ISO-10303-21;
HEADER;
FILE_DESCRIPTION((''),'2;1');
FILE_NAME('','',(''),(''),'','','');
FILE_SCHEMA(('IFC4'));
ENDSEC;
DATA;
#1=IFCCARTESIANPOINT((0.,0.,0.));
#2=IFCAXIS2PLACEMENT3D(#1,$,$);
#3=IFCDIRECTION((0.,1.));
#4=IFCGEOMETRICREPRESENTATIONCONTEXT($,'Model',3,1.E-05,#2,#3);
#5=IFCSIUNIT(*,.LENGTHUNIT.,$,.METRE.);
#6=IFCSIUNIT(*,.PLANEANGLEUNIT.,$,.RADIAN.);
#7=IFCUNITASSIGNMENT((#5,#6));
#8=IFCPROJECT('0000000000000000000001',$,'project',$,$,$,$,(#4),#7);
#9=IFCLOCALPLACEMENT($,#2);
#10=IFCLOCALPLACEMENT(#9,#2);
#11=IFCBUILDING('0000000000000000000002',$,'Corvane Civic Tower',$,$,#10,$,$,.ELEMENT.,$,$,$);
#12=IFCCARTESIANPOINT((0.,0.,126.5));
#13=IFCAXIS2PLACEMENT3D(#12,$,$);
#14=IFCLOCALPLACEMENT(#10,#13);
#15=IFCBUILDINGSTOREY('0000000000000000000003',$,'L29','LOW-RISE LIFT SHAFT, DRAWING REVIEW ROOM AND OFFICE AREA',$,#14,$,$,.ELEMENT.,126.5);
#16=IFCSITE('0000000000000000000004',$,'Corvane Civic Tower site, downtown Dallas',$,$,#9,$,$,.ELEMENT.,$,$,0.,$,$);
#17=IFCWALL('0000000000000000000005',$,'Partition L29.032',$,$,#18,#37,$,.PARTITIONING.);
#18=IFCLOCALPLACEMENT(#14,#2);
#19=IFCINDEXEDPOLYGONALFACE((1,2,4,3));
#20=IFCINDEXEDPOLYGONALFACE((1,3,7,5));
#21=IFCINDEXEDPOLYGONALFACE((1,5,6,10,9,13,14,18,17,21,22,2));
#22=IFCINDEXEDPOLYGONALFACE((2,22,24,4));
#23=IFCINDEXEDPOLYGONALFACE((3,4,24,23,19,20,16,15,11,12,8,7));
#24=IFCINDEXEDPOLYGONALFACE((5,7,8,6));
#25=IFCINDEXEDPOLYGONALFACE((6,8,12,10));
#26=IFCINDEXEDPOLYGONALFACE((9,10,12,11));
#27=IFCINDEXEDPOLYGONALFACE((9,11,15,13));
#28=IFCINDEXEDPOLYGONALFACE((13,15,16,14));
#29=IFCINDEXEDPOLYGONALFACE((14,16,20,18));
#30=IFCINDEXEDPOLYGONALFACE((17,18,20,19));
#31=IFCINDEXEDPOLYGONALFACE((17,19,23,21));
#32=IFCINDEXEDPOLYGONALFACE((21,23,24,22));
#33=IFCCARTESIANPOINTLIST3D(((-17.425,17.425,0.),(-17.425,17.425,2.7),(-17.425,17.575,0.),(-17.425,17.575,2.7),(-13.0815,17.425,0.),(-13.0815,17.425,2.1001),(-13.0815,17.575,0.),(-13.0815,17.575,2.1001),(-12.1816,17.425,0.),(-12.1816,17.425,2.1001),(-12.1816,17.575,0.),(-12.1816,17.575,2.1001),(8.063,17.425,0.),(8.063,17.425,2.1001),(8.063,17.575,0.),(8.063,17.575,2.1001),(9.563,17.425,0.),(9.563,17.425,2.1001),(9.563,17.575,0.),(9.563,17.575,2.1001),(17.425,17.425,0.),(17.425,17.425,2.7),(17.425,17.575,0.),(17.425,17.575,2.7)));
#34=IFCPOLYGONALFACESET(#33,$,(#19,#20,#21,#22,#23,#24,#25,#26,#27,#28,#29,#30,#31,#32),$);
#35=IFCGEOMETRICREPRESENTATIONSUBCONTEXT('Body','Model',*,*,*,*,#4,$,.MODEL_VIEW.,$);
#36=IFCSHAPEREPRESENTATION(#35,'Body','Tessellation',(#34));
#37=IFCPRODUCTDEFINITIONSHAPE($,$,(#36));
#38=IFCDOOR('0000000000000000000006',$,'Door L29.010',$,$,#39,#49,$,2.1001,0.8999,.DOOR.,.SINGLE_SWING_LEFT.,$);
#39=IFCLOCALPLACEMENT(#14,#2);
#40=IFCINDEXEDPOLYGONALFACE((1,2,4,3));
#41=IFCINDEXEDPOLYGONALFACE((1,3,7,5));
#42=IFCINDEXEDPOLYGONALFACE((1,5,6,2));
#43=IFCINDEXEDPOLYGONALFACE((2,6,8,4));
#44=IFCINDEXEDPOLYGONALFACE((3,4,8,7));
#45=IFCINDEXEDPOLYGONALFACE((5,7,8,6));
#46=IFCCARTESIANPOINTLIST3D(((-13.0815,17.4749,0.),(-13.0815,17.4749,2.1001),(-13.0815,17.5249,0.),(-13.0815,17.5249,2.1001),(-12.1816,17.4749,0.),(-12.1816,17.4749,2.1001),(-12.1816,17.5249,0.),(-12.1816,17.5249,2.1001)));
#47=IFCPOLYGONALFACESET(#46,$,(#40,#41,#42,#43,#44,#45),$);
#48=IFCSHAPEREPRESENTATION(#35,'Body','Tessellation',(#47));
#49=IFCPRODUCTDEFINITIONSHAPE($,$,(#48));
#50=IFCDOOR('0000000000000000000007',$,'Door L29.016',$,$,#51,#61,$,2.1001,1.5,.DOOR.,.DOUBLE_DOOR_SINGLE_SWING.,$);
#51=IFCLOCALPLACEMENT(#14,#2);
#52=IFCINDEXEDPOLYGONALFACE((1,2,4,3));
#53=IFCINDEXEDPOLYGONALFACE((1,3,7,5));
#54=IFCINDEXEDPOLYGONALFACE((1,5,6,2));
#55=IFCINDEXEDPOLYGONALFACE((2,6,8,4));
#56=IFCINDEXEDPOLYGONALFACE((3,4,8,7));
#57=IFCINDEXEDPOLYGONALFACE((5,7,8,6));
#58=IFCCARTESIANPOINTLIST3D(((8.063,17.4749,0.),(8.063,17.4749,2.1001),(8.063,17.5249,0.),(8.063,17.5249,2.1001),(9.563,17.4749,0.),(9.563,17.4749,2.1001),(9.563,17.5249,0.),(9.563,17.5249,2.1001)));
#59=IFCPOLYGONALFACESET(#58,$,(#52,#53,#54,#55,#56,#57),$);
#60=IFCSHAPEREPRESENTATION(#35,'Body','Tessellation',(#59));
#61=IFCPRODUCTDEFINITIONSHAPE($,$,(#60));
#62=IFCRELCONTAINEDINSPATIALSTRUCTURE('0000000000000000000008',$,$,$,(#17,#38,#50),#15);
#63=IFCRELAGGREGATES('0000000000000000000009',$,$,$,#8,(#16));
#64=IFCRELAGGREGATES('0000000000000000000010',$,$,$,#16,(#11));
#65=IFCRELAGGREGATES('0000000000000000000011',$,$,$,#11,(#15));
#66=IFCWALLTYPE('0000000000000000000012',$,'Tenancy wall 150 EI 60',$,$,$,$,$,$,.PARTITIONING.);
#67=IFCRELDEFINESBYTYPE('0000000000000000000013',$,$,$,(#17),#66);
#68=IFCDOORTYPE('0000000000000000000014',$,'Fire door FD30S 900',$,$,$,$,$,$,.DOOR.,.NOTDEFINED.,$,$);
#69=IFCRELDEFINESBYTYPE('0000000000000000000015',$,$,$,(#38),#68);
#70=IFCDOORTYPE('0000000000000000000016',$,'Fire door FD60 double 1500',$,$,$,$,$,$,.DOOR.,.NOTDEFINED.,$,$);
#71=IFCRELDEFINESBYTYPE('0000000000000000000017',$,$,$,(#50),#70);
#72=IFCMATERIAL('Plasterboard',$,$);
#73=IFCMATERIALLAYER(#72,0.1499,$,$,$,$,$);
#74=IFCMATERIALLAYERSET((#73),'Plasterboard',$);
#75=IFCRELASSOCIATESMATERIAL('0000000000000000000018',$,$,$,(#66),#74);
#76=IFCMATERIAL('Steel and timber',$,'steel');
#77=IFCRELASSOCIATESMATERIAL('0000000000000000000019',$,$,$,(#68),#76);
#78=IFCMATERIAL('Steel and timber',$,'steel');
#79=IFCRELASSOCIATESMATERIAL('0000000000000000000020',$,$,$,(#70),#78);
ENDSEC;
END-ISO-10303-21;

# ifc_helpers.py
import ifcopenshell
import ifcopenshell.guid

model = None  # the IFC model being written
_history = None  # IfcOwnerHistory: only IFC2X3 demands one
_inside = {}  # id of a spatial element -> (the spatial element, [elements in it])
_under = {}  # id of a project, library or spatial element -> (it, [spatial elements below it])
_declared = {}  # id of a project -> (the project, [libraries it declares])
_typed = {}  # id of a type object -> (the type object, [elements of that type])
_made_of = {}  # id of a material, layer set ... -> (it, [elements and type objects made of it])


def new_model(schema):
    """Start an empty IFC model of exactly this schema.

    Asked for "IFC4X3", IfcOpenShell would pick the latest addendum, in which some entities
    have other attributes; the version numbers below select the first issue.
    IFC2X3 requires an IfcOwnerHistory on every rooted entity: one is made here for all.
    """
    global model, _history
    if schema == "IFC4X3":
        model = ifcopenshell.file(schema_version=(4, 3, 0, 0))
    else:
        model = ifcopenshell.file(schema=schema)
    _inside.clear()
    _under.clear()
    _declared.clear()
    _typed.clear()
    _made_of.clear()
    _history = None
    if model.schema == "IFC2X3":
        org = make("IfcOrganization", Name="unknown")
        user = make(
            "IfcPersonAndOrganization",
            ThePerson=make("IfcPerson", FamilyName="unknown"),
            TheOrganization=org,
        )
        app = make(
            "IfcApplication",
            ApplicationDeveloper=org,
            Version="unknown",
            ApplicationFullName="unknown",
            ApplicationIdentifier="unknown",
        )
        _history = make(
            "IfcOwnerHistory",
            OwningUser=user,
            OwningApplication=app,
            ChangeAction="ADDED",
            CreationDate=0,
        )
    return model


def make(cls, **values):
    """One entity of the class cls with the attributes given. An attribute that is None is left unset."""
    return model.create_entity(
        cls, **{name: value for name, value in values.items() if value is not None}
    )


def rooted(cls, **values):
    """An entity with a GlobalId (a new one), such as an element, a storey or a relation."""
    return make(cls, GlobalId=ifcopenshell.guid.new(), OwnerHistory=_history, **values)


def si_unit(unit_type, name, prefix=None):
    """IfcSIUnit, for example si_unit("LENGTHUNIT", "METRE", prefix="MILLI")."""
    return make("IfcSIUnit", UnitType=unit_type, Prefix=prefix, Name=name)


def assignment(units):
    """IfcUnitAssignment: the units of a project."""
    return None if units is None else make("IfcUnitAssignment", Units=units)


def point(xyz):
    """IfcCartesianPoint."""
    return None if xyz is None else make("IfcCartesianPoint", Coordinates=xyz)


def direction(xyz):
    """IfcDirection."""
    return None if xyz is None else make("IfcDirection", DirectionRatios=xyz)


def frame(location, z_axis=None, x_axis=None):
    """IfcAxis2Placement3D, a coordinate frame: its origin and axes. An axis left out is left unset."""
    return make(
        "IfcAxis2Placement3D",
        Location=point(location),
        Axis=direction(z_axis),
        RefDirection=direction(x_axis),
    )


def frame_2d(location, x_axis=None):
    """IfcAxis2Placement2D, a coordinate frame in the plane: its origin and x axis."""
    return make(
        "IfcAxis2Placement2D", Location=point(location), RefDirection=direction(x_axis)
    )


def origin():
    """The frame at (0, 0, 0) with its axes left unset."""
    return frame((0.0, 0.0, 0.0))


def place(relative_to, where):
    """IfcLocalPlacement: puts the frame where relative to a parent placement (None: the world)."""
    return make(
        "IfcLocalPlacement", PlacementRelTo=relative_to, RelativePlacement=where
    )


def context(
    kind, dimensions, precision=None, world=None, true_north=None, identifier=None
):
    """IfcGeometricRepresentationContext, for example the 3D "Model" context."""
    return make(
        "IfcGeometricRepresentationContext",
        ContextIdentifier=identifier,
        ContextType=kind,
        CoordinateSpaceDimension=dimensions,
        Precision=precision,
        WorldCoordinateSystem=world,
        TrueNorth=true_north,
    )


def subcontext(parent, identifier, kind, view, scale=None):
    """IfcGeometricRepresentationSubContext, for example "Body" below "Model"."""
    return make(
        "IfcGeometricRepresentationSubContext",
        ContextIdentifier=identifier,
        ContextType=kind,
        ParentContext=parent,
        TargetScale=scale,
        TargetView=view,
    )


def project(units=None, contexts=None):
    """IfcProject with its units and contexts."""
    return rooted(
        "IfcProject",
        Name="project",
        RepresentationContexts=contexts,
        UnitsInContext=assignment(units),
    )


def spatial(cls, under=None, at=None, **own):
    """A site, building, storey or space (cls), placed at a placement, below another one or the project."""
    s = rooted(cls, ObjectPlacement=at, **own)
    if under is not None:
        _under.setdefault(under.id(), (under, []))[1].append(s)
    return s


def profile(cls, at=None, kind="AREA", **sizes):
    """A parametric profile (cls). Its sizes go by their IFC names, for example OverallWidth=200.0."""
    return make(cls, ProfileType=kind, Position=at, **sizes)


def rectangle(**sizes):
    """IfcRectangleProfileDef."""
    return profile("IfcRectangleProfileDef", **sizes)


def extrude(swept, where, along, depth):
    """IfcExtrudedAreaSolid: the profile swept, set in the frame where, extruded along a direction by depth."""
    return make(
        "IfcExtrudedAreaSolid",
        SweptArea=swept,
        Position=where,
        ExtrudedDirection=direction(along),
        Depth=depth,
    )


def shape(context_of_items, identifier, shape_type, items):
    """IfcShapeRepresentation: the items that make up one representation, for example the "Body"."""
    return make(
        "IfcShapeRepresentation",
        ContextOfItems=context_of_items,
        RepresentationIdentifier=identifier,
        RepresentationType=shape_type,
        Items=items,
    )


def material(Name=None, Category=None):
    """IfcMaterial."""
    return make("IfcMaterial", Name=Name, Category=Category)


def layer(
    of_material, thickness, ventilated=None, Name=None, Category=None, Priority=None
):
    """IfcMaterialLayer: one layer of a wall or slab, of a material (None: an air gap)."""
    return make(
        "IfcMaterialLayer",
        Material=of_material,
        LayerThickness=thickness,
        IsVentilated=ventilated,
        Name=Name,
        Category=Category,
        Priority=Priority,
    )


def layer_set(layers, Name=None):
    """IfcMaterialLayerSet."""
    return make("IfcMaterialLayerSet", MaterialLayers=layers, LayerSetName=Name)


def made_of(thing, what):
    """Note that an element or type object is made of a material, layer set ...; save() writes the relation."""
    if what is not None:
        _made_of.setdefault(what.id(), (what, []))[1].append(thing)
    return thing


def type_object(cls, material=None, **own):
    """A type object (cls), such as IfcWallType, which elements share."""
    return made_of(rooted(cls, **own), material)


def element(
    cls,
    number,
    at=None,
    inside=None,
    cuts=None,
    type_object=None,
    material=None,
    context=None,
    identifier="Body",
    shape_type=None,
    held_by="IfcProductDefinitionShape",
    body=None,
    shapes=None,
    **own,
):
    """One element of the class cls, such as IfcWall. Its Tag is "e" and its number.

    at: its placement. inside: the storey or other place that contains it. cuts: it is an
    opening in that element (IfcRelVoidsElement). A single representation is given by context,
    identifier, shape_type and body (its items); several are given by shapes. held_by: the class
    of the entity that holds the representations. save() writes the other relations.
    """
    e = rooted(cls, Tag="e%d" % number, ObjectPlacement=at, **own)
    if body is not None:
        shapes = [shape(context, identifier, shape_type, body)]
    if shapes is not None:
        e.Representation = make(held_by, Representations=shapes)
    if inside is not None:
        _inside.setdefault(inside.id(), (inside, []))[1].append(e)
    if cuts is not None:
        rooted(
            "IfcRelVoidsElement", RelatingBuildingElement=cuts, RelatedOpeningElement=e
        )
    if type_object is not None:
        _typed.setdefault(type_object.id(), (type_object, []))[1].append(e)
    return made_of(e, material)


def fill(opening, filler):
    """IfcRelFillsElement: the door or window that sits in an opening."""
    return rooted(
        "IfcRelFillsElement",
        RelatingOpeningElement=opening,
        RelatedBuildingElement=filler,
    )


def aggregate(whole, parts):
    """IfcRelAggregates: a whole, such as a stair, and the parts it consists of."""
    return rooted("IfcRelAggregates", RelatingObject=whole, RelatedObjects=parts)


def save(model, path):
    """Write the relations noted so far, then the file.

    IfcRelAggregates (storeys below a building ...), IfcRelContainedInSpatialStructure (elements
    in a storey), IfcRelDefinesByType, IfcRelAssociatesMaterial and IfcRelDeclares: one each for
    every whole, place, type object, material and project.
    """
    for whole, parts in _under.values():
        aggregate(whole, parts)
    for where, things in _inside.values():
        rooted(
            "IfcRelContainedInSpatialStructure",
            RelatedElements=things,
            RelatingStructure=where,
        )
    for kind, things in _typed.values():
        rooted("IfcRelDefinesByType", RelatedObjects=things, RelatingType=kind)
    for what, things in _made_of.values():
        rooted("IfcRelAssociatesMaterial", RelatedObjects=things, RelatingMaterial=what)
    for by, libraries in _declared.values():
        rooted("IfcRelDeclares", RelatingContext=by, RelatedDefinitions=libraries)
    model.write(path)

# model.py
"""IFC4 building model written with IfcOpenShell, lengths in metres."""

from ifc_helpers import new_model, si_unit, direction, frame, frame_2d, origin, place, context, subcontext, project, spatial, rectangle, extrude, material, layer, layer_set, type_object, element, fill, save


model = new_model("IFC4")

# Units and contexts
model_context = context("Model", 3, precision=1e-05, world=origin(), true_north=direction((0.0, 1.0)))
body_context = subcontext(model_context, "Body", "Model", "MODEL_VIEW")
ifc_project = project(units=[si_unit("LENGTHUNIT", "METRE"), si_unit("PLANEANGLEUNIT", "RADIAN")], contexts=[model_context])

# Site, building, storey
site_placement = place(None, origin())
site = spatial("IfcSite", under=ifc_project, at=site_placement, Name="Corvane Civic Tower site, downtown Dallas", CompositionType="ELEMENT", RefElevation=0.0)
building_placement = place(site_placement, origin())
building = spatial("IfcBuilding", under=site, at=building_placement, Name="Corvane Civic Tower", CompositionType="ELEMENT")
storey_placement = place(building_placement, frame((0.0, 0.0, 126.5)))
storey = spatial("IfcBuildingStorey", under=building, at=storey_placement, Name="L29", Description="LOW-RISE LIFT SHAFT, DRAWING REVIEW ROOM AND OFFICE AREA", CompositionType="ELEMENT", Elevation=126.5)

# Wall, openings, doors
ifc_material_1 = material(Name="Plasterboard")
ifc_layer_1 = layer(ifc_material_1, 0.1499)
ifc_layer_set_1 = layer_set([ifc_layer_1], Name="Plasterboard")
wall_type_1 = type_object("IfcWallType", Name="Tenancy wall 150 EI 60", PredefinedType="PARTITIONING", material=ifc_layer_set_1)
wall_1_placement = place(storey_placement, frame((-17.425, 17.5, 0.0), z_axis=(0.0, 0.0, 1.0), x_axis=(1.0, 0.0, 0.0)))
wall_1 = element("IfcWall", 1, at=wall_1_placement, inside=storey, type_object=wall_type_1, Name="Partition L29.032", PredefinedType="PARTITIONING", context=body_context, shape_type="SweptSolid", body=[
    extrude(rectangle(XDim=34.8501, YDim=0.1499, at=frame_2d((17.425, 0.0))), origin(), (0.0, 0.0, 1.0), 2.7),
])
opening_1_placement = place(wall_1_placement, frame((4.3435, 0.0, 0.0)))
opening_1 = element("IfcOpeningElement", 2, at=opening_1_placement, cuts=wall_1, PredefinedType="OPENING", context=body_context, shape_type="SweptSolid", body=[
    extrude(rectangle(XDim=0.8999, YDim=2.1001, at=frame_2d((0.45, 1.05))), frame((0.0, 0.085, 0.0), z_axis=(0.0, -1.0, 0.0), x_axis=(1.0, 0.0, 0.0)), (0.0, 0.0, 1.0), 0.1699),
])
opening_2_placement = place(wall_1_placement, frame((25.488, 0.0, 0.0)))
opening_2 = element("IfcOpeningElement", 3, at=opening_2_placement, cuts=wall_1, PredefinedType="OPENING", context=body_context, shape_type="SweptSolid", body=[
    extrude(rectangle(XDim=1.5, YDim=2.1001, at=frame_2d((0.75, 1.05))), frame((0.0, 0.085, 0.0), z_axis=(0.0, -1.0, 0.0), x_axis=(1.0, 0.0, 0.0)), (0.0, 0.0, 1.0), 0.1699),
])
ifc_material_2 = material(Name="Steel and timber", Category="steel")
door_type_1 = type_object("IfcDoorType", Name="Fire door FD30S 900", OperationType="NOTDEFINED", PredefinedType="DOOR", material=ifc_material_2)
door_1_placement = place(opening_1_placement, origin())
door_1 = element("IfcDoor", 4, at=door_1_placement, inside=storey, type_object=door_type_1, Name="Door L29.010", OperationType="SINGLE_SWING_LEFT", OverallHeight=2.1001, OverallWidth=0.8999, PredefinedType="DOOR", context=body_context, shape_type="SweptSolid", body=[
    extrude(rectangle(XDim=0.8999, YDim=2.1001, at=frame_2d((0.45, 1.05))), frame((0.0, 0.0249, 0.0), z_axis=(0.0, -1.0, 0.0), x_axis=(1.0, 0.0, 0.0)), (0.0, 0.0, 1.0), 0.05),
])
fill(opening_1, door_1)
ifc_material_3 = material(Name="Steel and timber", Category="steel")
door_type_2 = type_object("IfcDoorType", Name="Fire door FD60 double 1500", OperationType="NOTDEFINED", PredefinedType="DOOR", material=ifc_material_3)
door_2_placement = place(opening_2_placement, origin())
door_2 = element("IfcDoor", 5, at=door_2_placement, inside=storey, type_object=door_type_2, Name="Door L29.016", OperationType="DOUBLE_DOOR_SINGLE_SWING", OverallHeight=2.1001, OverallWidth=1.5, PredefinedType="DOOR", context=body_context, shape_type="SweptSolid", body=[
    extrude(rectangle(XDim=1.5, YDim=2.1001, at=frame_2d((0.75, 1.05))), frame((0.0, 0.0249, 0.0), z_axis=(0.0, -1.0, 0.0), x_axis=(1.0, 0.0, 0.0)), (0.0, 0.0, 1.0), 0.05),
])
fill(opening_2, door_2)

save(model, "model.ifc")
